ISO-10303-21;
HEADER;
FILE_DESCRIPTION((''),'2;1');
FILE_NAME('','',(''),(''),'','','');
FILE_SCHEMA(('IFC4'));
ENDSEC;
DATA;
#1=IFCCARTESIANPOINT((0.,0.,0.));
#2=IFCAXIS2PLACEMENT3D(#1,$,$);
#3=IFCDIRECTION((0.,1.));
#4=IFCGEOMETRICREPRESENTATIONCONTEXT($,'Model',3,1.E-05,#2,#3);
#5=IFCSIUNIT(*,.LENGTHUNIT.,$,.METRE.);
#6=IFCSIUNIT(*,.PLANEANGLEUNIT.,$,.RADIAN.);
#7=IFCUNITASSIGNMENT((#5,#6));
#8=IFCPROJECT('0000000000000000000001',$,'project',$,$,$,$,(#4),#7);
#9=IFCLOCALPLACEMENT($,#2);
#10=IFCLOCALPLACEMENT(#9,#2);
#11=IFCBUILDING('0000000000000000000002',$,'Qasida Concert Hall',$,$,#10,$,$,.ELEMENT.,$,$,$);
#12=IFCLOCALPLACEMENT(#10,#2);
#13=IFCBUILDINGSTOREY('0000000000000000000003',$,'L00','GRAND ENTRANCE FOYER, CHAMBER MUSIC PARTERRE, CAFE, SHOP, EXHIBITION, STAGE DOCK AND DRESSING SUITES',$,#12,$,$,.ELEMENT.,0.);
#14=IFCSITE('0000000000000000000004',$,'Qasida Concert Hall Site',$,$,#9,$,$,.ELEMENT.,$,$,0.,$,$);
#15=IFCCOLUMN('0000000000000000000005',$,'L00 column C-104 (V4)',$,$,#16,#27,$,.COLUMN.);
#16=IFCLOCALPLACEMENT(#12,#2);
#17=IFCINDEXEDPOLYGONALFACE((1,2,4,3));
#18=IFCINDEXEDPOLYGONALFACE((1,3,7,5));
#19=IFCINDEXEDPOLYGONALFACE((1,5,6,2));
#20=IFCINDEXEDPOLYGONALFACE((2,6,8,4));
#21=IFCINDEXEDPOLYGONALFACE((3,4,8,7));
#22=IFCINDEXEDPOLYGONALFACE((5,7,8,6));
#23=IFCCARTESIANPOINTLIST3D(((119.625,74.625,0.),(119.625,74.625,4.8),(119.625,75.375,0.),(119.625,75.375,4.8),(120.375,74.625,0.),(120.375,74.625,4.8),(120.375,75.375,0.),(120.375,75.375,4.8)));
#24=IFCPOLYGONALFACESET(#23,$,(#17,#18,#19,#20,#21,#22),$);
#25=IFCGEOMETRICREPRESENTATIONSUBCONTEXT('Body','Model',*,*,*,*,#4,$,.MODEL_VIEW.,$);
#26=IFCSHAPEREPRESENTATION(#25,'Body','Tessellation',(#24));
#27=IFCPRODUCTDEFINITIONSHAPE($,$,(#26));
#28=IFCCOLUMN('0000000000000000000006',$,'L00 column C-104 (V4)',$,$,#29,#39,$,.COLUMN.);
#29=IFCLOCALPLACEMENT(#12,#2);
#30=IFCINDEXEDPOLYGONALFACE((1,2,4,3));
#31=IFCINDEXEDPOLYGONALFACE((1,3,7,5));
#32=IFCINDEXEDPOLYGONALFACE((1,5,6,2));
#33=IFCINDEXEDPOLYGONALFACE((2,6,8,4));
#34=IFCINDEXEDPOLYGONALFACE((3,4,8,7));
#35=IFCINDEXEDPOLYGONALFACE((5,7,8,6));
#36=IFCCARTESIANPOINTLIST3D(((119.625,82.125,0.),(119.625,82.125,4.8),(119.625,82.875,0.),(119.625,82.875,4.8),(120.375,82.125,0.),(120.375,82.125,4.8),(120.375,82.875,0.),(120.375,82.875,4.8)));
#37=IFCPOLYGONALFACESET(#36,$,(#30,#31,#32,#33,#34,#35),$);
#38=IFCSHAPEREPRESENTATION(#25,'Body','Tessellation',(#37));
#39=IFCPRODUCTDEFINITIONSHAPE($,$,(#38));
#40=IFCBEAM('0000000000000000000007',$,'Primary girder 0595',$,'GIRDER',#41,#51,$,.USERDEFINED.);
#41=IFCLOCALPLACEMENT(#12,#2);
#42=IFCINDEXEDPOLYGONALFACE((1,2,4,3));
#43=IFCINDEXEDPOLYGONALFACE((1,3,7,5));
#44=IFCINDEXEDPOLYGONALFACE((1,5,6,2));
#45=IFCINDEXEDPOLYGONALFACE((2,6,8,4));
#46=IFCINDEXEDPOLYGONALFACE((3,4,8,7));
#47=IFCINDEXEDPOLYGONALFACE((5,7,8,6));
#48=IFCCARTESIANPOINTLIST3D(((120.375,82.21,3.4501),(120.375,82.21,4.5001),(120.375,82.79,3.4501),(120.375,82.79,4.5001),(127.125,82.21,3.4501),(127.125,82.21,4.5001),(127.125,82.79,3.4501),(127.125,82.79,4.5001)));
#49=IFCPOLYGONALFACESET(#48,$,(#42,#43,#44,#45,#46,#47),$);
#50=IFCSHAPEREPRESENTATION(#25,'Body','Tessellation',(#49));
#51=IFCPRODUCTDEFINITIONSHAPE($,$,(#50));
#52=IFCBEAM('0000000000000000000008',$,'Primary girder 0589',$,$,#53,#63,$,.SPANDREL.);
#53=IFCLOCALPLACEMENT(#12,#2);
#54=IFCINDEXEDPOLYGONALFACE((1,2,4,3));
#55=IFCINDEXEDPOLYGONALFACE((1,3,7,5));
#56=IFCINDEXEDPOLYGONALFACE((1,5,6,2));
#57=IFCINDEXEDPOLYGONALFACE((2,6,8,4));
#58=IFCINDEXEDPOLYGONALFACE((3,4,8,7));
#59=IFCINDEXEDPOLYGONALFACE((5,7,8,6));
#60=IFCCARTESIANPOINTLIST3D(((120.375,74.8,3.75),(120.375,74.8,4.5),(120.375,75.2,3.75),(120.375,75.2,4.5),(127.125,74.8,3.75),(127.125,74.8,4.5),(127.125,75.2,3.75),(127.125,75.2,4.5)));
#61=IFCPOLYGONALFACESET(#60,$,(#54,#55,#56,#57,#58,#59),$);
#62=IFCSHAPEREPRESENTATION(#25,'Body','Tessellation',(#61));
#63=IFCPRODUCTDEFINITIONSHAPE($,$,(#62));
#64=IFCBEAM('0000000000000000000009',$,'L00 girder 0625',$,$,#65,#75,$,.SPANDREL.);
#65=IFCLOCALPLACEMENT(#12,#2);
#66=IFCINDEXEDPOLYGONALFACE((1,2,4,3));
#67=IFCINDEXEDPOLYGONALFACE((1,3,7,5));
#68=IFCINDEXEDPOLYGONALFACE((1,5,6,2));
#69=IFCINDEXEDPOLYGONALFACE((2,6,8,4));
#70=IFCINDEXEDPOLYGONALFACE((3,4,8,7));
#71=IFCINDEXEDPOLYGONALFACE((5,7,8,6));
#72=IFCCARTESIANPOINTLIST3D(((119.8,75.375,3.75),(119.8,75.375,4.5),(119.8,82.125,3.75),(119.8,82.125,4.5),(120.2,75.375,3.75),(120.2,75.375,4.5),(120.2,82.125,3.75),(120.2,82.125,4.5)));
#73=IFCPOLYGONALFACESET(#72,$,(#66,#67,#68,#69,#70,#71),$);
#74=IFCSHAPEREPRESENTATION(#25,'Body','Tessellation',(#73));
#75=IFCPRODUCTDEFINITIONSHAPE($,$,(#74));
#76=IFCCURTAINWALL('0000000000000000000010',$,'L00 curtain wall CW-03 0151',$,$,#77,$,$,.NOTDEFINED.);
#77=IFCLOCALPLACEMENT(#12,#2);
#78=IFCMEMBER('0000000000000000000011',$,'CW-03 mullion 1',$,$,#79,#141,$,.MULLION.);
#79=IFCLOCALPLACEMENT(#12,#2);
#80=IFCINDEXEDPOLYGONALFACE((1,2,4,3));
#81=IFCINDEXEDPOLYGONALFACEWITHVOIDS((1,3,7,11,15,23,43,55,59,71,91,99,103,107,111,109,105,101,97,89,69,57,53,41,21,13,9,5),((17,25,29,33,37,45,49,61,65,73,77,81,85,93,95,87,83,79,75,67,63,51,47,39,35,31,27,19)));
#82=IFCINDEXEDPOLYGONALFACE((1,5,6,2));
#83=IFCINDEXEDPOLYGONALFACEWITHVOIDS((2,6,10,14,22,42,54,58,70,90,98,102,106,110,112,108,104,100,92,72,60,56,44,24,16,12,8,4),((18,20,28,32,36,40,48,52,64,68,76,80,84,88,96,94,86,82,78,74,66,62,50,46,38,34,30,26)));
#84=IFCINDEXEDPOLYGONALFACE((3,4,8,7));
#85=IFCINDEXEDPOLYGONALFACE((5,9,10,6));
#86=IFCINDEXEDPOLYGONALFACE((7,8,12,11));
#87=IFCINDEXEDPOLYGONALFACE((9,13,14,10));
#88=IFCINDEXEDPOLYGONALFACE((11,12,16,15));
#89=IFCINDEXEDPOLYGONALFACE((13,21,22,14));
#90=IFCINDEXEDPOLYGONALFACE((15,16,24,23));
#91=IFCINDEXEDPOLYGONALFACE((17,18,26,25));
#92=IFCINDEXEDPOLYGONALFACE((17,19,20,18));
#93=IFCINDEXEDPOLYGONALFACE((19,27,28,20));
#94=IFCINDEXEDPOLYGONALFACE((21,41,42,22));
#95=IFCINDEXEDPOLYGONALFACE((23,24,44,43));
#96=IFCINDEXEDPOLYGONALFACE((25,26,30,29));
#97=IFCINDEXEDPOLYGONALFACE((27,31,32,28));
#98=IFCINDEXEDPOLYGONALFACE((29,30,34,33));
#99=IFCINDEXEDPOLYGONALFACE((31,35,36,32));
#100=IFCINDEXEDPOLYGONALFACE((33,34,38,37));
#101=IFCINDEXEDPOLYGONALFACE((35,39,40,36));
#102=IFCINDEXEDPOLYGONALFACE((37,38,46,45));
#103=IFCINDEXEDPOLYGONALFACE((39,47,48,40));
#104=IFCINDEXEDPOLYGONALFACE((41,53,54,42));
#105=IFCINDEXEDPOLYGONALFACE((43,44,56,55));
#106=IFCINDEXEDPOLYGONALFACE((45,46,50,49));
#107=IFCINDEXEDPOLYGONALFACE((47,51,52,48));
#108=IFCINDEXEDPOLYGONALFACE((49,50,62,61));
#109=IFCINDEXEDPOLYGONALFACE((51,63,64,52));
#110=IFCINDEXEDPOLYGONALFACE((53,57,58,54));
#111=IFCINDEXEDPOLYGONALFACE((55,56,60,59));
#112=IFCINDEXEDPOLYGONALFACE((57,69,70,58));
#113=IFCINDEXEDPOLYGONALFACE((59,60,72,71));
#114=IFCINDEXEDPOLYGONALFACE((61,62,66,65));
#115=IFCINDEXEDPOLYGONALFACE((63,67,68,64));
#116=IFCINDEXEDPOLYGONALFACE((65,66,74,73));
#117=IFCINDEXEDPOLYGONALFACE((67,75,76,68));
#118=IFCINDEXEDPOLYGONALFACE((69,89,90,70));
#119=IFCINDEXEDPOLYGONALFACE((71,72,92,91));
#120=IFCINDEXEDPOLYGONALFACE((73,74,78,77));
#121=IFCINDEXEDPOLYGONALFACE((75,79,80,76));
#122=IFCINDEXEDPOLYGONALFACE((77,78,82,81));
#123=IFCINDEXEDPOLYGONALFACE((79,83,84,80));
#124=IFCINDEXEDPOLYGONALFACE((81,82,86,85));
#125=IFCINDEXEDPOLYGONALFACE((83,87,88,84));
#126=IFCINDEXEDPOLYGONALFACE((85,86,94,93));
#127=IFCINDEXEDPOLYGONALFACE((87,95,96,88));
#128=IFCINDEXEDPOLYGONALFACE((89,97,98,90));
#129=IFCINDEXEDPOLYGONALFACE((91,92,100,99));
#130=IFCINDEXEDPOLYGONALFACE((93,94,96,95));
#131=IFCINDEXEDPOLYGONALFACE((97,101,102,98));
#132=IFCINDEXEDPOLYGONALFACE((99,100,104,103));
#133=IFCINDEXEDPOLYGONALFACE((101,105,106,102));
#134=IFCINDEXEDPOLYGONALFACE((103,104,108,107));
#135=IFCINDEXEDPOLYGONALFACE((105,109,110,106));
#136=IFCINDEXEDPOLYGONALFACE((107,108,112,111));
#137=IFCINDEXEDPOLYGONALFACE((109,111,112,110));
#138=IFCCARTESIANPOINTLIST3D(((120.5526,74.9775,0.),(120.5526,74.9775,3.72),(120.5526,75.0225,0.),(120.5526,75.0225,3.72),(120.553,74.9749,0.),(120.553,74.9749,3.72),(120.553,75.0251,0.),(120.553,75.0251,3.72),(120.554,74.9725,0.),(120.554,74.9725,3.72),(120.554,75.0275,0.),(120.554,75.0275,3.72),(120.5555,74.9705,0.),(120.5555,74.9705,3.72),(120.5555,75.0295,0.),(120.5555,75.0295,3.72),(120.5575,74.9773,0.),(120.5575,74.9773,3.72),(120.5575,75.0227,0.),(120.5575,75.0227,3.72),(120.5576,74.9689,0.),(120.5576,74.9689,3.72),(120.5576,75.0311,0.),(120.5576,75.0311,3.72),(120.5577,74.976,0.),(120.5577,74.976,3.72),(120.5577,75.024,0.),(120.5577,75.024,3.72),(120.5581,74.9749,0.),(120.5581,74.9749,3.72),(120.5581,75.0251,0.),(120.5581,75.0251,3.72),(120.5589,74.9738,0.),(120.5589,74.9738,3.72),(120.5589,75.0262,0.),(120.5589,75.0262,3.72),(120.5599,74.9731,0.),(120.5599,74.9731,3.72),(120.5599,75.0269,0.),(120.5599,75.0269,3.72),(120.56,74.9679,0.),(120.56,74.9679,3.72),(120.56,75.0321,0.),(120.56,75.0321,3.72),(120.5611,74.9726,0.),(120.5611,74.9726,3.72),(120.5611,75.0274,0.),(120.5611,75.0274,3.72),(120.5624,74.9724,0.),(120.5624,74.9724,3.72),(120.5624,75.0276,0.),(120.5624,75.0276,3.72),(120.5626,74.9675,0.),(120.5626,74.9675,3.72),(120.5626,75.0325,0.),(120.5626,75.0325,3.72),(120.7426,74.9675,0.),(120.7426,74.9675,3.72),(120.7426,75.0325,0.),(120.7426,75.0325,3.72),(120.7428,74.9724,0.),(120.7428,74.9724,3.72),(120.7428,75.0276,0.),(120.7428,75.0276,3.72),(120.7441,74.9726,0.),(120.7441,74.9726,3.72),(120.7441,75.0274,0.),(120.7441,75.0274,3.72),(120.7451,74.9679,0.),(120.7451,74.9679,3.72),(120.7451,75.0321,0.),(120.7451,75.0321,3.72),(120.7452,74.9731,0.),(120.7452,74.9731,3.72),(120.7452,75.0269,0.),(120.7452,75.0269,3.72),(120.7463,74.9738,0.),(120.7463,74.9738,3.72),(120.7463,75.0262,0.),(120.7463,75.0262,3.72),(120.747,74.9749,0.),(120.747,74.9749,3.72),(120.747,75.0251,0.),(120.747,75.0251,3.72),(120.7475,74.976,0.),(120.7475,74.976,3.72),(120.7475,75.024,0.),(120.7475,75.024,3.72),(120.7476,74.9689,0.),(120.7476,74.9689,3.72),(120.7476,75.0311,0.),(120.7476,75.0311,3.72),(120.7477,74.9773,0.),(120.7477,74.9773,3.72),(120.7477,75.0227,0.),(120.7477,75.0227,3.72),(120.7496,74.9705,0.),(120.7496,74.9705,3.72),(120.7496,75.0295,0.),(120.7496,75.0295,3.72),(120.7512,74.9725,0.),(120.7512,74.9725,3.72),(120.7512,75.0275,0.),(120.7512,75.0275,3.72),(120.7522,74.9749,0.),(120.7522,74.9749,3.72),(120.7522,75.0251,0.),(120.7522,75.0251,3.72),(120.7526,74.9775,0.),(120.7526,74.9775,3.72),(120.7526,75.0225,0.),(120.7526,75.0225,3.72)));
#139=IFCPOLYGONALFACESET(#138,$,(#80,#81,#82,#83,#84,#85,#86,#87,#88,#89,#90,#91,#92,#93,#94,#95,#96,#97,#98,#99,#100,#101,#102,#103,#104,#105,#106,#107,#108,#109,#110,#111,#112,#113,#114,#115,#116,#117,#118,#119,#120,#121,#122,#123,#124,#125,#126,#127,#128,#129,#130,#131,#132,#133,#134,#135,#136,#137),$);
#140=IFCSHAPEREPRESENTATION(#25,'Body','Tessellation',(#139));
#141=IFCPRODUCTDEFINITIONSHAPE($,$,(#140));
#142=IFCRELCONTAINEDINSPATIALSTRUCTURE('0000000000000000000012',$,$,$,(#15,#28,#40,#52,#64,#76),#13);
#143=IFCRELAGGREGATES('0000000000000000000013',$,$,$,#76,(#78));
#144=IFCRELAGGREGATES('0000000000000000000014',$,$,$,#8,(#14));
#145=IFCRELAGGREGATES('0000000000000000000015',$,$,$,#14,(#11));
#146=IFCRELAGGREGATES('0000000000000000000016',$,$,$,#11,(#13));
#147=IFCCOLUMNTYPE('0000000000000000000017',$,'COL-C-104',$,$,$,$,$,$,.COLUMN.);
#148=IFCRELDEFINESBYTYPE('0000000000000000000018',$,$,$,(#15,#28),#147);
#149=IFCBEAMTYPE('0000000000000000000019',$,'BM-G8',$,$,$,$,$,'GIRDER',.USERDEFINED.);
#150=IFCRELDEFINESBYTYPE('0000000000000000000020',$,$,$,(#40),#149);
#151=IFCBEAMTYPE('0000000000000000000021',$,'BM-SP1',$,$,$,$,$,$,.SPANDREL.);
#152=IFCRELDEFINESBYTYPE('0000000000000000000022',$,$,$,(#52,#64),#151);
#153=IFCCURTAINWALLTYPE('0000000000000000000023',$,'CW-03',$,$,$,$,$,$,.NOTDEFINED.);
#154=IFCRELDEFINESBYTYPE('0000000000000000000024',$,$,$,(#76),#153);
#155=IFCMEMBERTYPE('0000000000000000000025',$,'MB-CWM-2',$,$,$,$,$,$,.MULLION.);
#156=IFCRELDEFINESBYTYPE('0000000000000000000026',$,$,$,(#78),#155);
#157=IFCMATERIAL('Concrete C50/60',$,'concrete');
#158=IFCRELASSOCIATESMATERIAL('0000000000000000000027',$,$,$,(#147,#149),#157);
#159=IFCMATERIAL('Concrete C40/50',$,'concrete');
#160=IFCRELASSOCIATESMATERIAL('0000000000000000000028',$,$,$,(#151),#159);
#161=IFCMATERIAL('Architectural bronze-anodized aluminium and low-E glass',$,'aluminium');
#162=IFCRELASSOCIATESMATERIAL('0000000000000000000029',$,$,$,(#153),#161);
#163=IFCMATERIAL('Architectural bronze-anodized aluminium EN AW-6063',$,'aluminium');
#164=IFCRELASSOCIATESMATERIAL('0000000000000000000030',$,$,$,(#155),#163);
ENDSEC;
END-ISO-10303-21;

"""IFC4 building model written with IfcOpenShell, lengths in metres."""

from ifc_helpers import new_model, si_unit, direction, frame, origin, origin_2d, place, context, subcontext, project, spatial, rectangle, hollow_rectangle, extrude, material, material_profile, profile_set, type_object, element, aggregate, save


model = new_model("IFC4")

# Units and contexts
model_context = context("Model", 3, precision=1e-05, world=origin(), true_north=direction((0.0, 1.0)))
body_context = subcontext(model_context, "Body", "Model", "MODEL_VIEW")
ifc_project = project(units=[si_unit("LENGTHUNIT", "METRE"), si_unit("PLANEANGLEUNIT", "RADIAN")], contexts=[model_context])

# Site, building, storey
site_placement = place(None, origin())
site = spatial("IfcSite", under=ifc_project, at=site_placement, Name="Qasida Concert Hall Site", CompositionType="ELEMENT", RefElevation=0.0)
building_placement = place(site_placement, origin())
building = spatial("IfcBuilding", under=site, at=building_placement, Name="Qasida Concert Hall", CompositionType="ELEMENT")
storey_placement = place(building_placement, origin())
storey = spatial("IfcBuildingStorey", under=building, at=storey_placement, Name="L00", Description="GRAND ENTRANCE FOYER, CHAMBER MUSIC PARTERRE, CAFE, SHOP, EXHIBITION, STAGE DOCK AND DRESSING SUITES", CompositionType="ELEMENT", Elevation=0.0)

# Columns
ifc_material_1 = material(Name="Concrete C50/60", Category="concrete")
ifc_material_profile_1 = material_profile(ifc_material_1, rectangle(XDim=0.75, YDim=0.75, at=origin_2d()), Name="RC 750x750")
ifc_profile_set_1 = profile_set([ifc_material_profile_1], Name="Concrete C50/60")
column_type = type_object("IfcColumnType", Name="COL-C-104", PredefinedType="COLUMN", material=ifc_profile_set_1)
for number, where, z_axis, x_axis, name in (
    (1, (120.0, 75.0, 0.0), (0.0, 0.0, 1.0), (1.0, 0.0, 0.0), "L00 column C-104 (V4)"),
    (2, (120.0, 82.5, 0.0), (0.0, 0.0, 1.0), (1.0, 0.0, 0.0), "L00 column C-104 (V4)"),
):
    element("IfcColumn", number, at=place(storey_placement, frame(where, z_axis=z_axis, x_axis=x_axis)), inside=storey, type_object=column_type, Name=name, PredefinedType="COLUMN", context=body_context, shape_type="SweptSolid", body=[
        extrude(rectangle(XDim=0.75, YDim=0.75, at=origin_2d()), origin(), (0.0, 0.0, 1.0), 4.8),
    ])

# Beams
ifc_material_profile_2 = material_profile(ifc_material_1, rectangle(XDim=0.5801, YDim=1.05, at=origin_2d()), Name="RC 580x1050")
ifc_profile_set_2 = profile_set([ifc_material_profile_2], Name="Concrete C50/60")
beam_type_1 = type_object("IfcBeamType", Name="BM-G8", ElementType="GIRDER", PredefinedType="USERDEFINED", material=ifc_profile_set_2)
beam_placement = place(storey_placement, frame((120.375, 82.5, 3.9751), z_axis=(1.0, 0.0, 0.0), x_axis=(0.0, 1.0, 0.0)))
element("IfcBeam", 3, at=beam_placement, inside=storey, type_object=beam_type_1, Name="Primary girder 0595", ObjectType="GIRDER", PredefinedType="USERDEFINED", context=body_context, shape_type="SweptSolid", body=[
    extrude(rectangle(XDim=0.5801, YDim=1.05, at=origin_2d()), origin(), (0.0, 0.0, 1.0), 6.75),
])
ifc_material_2 = material(Name="Concrete C40/50", Category="concrete")
ifc_material_profile_3 = material_profile(ifc_material_2, rectangle(XDim=0.3999, YDim=0.75, at=origin_2d()), Name="RC 400x750")
ifc_profile_set_3 = profile_set([ifc_material_profile_3], Name="Concrete C40/50")
beam_type_2 = type_object("IfcBeamType", Name="BM-SP1", PredefinedType="SPANDREL", material=ifc_profile_set_3)
for number, where, z_axis, x_axis, name in (
    (4, (120.375, 75.0, 4.125), (1.0, 0.0, 0.0), (0.0, 1.0, 0.0), "Primary girder 0589"),
    (5, (120.0, 75.375, 4.125), (0.0, 1.0, 0.0), (-1.0, 0.0, 0.0), "L00 girder 0625"),
):
    element("IfcBeam", number, at=place(storey_placement, frame(where, z_axis=z_axis, x_axis=x_axis)), inside=storey, type_object=beam_type_2, Name=name, PredefinedType="SPANDREL", context=body_context, shape_type="SweptSolid", body=[
        extrude(rectangle(XDim=0.3999, YDim=0.75, at=origin_2d()), origin(), (0.0, 0.0, 1.0), 6.75),
    ])

# Curtain wall, member
ifc_material_3 = material(Name="Architectural bronze-anodized aluminium and low-E glass", Category="aluminium")
curtain_wall_type_1 = type_object("IfcCurtainWallType", Name="CW-03", PredefinedType="NOTDEFINED", material=ifc_material_3)
curtain_wall_1_placement = place(storey_placement, origin())
curtain_wall_1 = element("IfcCurtainWall", 6, at=curtain_wall_1_placement, inside=storey, type_object=curtain_wall_type_1, Name="L00 curtain wall CW-03 0151", PredefinedType="NOTDEFINED")
ifc_material_4 = material(Name="Architectural bronze-anodized aluminium EN AW-6063", Category="aluminium")
ifc_material_profile_4 = material_profile(ifc_material_4, hollow_rectangle(XDim=0.0649, YDim=0.2, WallThickness=0.0049, InnerFilletRadius=0.0049, OuterFilletRadius=0.01, at=origin_2d()), Name="CWM 200x65x5")
ifc_profile_set_4 = profile_set([ifc_material_profile_4], Name="Architectural bronze-anodized aluminium EN AW-6063")
member_type_1 = type_object("IfcMemberType", Name="MB-CWM-2", PredefinedType="MULLION", material=ifc_profile_set_4)
member_1_placement = place(storey_placement, frame((120.6526, 75.0, 0.0), z_axis=(0.0, 0.0, 1.0), x_axis=(0.0, 1.0, 0.0)))
member_1 = element("IfcMember", 7, at=member_1_placement, type_object=member_type_1, Name="CW-03 mullion 1", PredefinedType="MULLION", context=body_context, shape_type="SweptSolid", body=[
    extrude(hollow_rectangle(XDim=0.0649, YDim=0.2, WallThickness=0.0049, InnerFilletRadius=0.0049, OuterFilletRadius=0.01, at=origin_2d()), origin(), (0.0, 0.0, 1.0), 3.72),
])

aggregate(curtain_wall_1, [member_1])

save(model, "model.ifc")
